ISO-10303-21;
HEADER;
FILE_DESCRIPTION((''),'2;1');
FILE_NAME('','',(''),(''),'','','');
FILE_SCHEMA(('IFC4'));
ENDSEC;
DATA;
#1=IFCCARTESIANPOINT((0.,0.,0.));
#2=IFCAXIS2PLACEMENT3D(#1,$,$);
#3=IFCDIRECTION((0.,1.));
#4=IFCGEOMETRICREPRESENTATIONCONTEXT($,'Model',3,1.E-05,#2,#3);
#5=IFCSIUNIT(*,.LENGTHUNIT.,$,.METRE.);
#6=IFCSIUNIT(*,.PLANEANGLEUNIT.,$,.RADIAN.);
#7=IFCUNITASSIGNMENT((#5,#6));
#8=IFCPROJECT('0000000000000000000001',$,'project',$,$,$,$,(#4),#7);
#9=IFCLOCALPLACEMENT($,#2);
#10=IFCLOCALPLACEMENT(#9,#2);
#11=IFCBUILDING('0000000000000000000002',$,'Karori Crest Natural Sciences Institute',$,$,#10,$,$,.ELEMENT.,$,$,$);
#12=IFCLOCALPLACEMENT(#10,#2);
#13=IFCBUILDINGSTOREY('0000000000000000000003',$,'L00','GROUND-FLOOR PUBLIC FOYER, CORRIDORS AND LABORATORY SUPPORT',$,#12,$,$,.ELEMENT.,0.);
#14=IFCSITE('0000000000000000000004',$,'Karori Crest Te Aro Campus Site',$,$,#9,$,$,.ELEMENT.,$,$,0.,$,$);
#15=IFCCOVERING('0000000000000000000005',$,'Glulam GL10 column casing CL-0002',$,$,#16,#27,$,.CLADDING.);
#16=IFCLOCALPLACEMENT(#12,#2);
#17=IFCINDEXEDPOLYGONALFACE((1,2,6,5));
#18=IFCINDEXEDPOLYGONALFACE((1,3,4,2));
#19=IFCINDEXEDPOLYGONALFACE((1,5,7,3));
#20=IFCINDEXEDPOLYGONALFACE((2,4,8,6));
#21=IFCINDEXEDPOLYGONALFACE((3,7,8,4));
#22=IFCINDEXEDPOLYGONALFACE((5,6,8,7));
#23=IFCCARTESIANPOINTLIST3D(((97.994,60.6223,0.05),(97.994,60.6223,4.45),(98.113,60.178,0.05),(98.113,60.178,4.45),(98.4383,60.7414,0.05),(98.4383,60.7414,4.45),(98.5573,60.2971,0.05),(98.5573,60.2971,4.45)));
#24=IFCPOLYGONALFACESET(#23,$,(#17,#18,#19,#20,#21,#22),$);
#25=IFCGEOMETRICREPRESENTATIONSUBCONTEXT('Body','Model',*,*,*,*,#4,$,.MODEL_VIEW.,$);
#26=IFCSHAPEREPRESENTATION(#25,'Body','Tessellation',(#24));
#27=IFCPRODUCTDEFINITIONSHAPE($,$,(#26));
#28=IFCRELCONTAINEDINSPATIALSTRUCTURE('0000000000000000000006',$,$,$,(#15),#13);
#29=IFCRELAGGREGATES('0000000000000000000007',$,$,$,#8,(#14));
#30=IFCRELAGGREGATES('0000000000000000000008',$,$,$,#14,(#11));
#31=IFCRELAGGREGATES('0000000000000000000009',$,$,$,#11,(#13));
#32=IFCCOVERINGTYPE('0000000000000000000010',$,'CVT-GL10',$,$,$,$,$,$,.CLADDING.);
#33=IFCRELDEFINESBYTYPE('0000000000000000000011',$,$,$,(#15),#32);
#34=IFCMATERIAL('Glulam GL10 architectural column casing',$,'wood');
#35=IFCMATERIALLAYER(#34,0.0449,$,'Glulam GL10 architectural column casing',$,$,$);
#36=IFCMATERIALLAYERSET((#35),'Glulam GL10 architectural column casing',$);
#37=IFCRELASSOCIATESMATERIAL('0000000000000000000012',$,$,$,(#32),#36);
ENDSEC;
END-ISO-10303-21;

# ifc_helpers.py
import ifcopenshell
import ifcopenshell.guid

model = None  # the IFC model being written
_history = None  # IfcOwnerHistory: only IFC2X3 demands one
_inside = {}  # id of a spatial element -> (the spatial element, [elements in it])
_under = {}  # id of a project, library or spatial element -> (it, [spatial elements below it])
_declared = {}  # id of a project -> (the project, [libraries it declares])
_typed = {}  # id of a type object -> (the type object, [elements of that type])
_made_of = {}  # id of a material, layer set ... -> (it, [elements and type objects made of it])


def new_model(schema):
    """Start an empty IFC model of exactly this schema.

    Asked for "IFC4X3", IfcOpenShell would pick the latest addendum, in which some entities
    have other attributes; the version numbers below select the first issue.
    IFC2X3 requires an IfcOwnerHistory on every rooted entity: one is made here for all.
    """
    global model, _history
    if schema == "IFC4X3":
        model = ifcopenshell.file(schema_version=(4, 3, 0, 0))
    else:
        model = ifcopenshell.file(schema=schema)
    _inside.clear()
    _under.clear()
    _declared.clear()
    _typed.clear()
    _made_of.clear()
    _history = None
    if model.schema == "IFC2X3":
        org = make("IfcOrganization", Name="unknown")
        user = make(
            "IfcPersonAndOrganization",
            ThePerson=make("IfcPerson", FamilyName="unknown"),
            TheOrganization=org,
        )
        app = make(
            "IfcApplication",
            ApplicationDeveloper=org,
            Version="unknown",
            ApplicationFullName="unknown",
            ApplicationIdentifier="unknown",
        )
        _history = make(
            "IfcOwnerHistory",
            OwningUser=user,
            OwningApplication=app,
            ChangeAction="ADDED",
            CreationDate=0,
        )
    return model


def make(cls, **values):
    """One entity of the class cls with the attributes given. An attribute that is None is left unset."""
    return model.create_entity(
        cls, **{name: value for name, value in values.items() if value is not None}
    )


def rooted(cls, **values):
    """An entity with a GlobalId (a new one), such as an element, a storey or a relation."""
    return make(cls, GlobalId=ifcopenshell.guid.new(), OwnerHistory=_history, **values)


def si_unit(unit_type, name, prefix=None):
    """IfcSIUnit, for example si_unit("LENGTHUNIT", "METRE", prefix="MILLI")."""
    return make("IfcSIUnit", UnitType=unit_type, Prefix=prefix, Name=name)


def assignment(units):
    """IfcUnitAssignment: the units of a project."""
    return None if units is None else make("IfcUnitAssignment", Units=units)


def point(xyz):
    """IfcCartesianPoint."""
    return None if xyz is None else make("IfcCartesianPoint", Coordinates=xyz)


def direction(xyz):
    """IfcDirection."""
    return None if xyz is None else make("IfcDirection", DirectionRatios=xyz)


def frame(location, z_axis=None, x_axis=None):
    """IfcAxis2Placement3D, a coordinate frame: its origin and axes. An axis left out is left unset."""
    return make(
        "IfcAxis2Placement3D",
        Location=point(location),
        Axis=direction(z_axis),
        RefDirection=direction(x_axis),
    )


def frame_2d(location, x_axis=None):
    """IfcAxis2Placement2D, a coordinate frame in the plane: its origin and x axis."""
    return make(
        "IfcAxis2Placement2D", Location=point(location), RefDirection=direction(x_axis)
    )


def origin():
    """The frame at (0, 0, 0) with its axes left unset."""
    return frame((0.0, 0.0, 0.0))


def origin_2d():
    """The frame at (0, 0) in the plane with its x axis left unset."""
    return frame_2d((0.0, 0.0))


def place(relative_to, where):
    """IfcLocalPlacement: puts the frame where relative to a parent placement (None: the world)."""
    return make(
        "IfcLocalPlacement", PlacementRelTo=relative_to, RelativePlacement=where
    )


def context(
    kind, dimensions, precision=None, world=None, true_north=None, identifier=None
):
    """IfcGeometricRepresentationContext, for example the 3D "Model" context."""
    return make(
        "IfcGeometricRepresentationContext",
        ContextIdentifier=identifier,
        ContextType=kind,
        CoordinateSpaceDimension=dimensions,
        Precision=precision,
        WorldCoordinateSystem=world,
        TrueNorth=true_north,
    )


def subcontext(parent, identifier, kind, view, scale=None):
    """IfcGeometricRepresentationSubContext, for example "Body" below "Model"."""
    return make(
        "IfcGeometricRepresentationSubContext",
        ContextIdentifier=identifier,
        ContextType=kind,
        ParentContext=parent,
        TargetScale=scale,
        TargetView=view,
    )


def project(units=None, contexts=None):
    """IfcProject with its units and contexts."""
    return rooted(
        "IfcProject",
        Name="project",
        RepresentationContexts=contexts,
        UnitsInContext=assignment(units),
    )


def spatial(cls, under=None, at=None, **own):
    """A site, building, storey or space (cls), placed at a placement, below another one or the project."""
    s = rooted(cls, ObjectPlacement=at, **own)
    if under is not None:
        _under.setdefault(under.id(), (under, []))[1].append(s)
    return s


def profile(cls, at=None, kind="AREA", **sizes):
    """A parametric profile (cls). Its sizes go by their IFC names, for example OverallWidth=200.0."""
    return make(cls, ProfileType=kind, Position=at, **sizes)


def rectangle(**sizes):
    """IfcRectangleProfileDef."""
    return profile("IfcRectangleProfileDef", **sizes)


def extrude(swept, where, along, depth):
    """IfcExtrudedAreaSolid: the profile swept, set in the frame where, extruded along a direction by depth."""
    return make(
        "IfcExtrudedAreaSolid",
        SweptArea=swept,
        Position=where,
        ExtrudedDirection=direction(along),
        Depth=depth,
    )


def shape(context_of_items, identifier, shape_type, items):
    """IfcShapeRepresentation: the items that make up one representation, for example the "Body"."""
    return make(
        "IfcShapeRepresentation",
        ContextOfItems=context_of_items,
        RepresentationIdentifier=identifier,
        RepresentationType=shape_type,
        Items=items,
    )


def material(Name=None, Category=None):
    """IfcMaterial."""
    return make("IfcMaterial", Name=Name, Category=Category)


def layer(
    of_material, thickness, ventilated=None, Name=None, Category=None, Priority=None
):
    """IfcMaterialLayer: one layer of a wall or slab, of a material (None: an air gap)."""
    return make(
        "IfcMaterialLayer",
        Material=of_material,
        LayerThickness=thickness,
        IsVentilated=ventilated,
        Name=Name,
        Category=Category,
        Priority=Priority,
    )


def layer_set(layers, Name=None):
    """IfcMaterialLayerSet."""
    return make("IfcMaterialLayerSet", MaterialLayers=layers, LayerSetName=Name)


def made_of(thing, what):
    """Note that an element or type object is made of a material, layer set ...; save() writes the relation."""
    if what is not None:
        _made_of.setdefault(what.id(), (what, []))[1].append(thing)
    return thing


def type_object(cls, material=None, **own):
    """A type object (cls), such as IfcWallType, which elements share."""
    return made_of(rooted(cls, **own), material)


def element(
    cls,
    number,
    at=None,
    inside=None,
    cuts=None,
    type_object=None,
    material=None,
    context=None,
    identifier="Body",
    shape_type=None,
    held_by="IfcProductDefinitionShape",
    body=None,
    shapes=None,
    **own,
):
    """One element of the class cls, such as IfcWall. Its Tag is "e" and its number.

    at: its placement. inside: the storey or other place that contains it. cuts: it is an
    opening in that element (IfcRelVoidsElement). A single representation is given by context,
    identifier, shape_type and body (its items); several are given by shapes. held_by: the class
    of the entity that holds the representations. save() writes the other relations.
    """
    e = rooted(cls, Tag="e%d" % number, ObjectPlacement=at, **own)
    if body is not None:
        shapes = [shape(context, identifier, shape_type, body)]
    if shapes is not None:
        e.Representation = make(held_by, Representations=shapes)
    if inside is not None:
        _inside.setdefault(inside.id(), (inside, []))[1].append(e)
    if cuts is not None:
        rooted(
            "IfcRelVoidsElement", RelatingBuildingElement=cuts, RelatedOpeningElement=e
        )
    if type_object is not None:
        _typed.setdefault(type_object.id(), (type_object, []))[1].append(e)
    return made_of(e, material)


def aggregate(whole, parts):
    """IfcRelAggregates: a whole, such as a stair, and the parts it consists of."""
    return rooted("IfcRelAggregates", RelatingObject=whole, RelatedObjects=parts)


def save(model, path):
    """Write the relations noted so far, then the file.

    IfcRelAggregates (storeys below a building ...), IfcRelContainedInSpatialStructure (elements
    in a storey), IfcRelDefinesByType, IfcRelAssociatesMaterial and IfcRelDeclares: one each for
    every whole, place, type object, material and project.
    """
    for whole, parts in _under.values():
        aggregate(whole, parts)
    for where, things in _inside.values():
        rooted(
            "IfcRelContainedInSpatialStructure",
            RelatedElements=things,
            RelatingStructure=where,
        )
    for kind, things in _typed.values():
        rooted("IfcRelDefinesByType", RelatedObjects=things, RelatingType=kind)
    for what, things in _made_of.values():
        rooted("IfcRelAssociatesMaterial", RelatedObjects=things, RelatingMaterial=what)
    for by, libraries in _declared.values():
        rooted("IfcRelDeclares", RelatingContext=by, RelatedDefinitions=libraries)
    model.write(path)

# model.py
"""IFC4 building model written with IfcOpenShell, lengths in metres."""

from ifc_helpers import new_model, si_unit, direction, frame, origin, origin_2d, place, context, subcontext, project, spatial, rectangle, extrude, material, layer, layer_set, type_object, element, save


model = new_model("IFC4")

# Units and contexts
model_context = context("Model", 3, precision=1e-05, world=origin(), true_north=direction((0.0, 1.0)))
body_context = subcontext(model_context, "Body", "Model", "MODEL_VIEW")
ifc_project = project(units=[si_unit("LENGTHUNIT", "METRE"), si_unit("PLANEANGLEUNIT", "RADIAN")], contexts=[model_context])

# Site, building, storey
site_placement = place(None, origin())
site = spatial("IfcSite", under=ifc_project, at=site_placement, Name="Karori Crest Te Aro Campus Site", CompositionType="ELEMENT", RefElevation=0.0)
building_placement = place(site_placement, origin())
building = spatial("IfcBuilding", under=site, at=building_placement, Name="Karori Crest Natural Sciences Institute", CompositionType="ELEMENT")
storey_placement = place(building_placement, origin())
storey = spatial("IfcBuildingStorey", under=building, at=storey_placement, Name="L00", Description="GROUND-FLOOR PUBLIC FOYER, CORRIDORS AND LABORATORY SUPPORT", CompositionType="ELEMENT", Elevation=0.0)

# Covering
ifc_material_1 = material(Name="Glulam GL10 architectural column casing", Category="wood")
ifc_layer_1 = layer(ifc_material_1, 0.0449, Name="Glulam GL10 architectural column casing")
ifc_layer_set_1 = layer_set([ifc_layer_1], Name="Glulam GL10 architectural column casing")
covering_type = type_object("IfcCoveringType", Name="CVT-GL10", PredefinedType="CLADDING", material=ifc_layer_set_1)
for number, where, z_axis, x_axis, name in (
    (1, (98.2756, 60.4597, 0.05), (0.0, 0.0, 1.0), (0.965926, 0.258819, 0.0), "Glulam GL10 column casing CL-0002"),
):
    element("IfcCovering", number, at=place(storey_placement, frame(where, z_axis=z_axis, x_axis=x_axis)), inside=storey, type_object=covering_type, Name=name, PredefinedType="CLADDING", context=body_context, shape_type="SweptSolid", body=[
        extrude(rectangle(XDim=0.46, YDim=0.46, at=origin_2d()), origin(), (0.0, 0.0, 1.0), 4.3999),
    ])

save(model, "model.ifc")
